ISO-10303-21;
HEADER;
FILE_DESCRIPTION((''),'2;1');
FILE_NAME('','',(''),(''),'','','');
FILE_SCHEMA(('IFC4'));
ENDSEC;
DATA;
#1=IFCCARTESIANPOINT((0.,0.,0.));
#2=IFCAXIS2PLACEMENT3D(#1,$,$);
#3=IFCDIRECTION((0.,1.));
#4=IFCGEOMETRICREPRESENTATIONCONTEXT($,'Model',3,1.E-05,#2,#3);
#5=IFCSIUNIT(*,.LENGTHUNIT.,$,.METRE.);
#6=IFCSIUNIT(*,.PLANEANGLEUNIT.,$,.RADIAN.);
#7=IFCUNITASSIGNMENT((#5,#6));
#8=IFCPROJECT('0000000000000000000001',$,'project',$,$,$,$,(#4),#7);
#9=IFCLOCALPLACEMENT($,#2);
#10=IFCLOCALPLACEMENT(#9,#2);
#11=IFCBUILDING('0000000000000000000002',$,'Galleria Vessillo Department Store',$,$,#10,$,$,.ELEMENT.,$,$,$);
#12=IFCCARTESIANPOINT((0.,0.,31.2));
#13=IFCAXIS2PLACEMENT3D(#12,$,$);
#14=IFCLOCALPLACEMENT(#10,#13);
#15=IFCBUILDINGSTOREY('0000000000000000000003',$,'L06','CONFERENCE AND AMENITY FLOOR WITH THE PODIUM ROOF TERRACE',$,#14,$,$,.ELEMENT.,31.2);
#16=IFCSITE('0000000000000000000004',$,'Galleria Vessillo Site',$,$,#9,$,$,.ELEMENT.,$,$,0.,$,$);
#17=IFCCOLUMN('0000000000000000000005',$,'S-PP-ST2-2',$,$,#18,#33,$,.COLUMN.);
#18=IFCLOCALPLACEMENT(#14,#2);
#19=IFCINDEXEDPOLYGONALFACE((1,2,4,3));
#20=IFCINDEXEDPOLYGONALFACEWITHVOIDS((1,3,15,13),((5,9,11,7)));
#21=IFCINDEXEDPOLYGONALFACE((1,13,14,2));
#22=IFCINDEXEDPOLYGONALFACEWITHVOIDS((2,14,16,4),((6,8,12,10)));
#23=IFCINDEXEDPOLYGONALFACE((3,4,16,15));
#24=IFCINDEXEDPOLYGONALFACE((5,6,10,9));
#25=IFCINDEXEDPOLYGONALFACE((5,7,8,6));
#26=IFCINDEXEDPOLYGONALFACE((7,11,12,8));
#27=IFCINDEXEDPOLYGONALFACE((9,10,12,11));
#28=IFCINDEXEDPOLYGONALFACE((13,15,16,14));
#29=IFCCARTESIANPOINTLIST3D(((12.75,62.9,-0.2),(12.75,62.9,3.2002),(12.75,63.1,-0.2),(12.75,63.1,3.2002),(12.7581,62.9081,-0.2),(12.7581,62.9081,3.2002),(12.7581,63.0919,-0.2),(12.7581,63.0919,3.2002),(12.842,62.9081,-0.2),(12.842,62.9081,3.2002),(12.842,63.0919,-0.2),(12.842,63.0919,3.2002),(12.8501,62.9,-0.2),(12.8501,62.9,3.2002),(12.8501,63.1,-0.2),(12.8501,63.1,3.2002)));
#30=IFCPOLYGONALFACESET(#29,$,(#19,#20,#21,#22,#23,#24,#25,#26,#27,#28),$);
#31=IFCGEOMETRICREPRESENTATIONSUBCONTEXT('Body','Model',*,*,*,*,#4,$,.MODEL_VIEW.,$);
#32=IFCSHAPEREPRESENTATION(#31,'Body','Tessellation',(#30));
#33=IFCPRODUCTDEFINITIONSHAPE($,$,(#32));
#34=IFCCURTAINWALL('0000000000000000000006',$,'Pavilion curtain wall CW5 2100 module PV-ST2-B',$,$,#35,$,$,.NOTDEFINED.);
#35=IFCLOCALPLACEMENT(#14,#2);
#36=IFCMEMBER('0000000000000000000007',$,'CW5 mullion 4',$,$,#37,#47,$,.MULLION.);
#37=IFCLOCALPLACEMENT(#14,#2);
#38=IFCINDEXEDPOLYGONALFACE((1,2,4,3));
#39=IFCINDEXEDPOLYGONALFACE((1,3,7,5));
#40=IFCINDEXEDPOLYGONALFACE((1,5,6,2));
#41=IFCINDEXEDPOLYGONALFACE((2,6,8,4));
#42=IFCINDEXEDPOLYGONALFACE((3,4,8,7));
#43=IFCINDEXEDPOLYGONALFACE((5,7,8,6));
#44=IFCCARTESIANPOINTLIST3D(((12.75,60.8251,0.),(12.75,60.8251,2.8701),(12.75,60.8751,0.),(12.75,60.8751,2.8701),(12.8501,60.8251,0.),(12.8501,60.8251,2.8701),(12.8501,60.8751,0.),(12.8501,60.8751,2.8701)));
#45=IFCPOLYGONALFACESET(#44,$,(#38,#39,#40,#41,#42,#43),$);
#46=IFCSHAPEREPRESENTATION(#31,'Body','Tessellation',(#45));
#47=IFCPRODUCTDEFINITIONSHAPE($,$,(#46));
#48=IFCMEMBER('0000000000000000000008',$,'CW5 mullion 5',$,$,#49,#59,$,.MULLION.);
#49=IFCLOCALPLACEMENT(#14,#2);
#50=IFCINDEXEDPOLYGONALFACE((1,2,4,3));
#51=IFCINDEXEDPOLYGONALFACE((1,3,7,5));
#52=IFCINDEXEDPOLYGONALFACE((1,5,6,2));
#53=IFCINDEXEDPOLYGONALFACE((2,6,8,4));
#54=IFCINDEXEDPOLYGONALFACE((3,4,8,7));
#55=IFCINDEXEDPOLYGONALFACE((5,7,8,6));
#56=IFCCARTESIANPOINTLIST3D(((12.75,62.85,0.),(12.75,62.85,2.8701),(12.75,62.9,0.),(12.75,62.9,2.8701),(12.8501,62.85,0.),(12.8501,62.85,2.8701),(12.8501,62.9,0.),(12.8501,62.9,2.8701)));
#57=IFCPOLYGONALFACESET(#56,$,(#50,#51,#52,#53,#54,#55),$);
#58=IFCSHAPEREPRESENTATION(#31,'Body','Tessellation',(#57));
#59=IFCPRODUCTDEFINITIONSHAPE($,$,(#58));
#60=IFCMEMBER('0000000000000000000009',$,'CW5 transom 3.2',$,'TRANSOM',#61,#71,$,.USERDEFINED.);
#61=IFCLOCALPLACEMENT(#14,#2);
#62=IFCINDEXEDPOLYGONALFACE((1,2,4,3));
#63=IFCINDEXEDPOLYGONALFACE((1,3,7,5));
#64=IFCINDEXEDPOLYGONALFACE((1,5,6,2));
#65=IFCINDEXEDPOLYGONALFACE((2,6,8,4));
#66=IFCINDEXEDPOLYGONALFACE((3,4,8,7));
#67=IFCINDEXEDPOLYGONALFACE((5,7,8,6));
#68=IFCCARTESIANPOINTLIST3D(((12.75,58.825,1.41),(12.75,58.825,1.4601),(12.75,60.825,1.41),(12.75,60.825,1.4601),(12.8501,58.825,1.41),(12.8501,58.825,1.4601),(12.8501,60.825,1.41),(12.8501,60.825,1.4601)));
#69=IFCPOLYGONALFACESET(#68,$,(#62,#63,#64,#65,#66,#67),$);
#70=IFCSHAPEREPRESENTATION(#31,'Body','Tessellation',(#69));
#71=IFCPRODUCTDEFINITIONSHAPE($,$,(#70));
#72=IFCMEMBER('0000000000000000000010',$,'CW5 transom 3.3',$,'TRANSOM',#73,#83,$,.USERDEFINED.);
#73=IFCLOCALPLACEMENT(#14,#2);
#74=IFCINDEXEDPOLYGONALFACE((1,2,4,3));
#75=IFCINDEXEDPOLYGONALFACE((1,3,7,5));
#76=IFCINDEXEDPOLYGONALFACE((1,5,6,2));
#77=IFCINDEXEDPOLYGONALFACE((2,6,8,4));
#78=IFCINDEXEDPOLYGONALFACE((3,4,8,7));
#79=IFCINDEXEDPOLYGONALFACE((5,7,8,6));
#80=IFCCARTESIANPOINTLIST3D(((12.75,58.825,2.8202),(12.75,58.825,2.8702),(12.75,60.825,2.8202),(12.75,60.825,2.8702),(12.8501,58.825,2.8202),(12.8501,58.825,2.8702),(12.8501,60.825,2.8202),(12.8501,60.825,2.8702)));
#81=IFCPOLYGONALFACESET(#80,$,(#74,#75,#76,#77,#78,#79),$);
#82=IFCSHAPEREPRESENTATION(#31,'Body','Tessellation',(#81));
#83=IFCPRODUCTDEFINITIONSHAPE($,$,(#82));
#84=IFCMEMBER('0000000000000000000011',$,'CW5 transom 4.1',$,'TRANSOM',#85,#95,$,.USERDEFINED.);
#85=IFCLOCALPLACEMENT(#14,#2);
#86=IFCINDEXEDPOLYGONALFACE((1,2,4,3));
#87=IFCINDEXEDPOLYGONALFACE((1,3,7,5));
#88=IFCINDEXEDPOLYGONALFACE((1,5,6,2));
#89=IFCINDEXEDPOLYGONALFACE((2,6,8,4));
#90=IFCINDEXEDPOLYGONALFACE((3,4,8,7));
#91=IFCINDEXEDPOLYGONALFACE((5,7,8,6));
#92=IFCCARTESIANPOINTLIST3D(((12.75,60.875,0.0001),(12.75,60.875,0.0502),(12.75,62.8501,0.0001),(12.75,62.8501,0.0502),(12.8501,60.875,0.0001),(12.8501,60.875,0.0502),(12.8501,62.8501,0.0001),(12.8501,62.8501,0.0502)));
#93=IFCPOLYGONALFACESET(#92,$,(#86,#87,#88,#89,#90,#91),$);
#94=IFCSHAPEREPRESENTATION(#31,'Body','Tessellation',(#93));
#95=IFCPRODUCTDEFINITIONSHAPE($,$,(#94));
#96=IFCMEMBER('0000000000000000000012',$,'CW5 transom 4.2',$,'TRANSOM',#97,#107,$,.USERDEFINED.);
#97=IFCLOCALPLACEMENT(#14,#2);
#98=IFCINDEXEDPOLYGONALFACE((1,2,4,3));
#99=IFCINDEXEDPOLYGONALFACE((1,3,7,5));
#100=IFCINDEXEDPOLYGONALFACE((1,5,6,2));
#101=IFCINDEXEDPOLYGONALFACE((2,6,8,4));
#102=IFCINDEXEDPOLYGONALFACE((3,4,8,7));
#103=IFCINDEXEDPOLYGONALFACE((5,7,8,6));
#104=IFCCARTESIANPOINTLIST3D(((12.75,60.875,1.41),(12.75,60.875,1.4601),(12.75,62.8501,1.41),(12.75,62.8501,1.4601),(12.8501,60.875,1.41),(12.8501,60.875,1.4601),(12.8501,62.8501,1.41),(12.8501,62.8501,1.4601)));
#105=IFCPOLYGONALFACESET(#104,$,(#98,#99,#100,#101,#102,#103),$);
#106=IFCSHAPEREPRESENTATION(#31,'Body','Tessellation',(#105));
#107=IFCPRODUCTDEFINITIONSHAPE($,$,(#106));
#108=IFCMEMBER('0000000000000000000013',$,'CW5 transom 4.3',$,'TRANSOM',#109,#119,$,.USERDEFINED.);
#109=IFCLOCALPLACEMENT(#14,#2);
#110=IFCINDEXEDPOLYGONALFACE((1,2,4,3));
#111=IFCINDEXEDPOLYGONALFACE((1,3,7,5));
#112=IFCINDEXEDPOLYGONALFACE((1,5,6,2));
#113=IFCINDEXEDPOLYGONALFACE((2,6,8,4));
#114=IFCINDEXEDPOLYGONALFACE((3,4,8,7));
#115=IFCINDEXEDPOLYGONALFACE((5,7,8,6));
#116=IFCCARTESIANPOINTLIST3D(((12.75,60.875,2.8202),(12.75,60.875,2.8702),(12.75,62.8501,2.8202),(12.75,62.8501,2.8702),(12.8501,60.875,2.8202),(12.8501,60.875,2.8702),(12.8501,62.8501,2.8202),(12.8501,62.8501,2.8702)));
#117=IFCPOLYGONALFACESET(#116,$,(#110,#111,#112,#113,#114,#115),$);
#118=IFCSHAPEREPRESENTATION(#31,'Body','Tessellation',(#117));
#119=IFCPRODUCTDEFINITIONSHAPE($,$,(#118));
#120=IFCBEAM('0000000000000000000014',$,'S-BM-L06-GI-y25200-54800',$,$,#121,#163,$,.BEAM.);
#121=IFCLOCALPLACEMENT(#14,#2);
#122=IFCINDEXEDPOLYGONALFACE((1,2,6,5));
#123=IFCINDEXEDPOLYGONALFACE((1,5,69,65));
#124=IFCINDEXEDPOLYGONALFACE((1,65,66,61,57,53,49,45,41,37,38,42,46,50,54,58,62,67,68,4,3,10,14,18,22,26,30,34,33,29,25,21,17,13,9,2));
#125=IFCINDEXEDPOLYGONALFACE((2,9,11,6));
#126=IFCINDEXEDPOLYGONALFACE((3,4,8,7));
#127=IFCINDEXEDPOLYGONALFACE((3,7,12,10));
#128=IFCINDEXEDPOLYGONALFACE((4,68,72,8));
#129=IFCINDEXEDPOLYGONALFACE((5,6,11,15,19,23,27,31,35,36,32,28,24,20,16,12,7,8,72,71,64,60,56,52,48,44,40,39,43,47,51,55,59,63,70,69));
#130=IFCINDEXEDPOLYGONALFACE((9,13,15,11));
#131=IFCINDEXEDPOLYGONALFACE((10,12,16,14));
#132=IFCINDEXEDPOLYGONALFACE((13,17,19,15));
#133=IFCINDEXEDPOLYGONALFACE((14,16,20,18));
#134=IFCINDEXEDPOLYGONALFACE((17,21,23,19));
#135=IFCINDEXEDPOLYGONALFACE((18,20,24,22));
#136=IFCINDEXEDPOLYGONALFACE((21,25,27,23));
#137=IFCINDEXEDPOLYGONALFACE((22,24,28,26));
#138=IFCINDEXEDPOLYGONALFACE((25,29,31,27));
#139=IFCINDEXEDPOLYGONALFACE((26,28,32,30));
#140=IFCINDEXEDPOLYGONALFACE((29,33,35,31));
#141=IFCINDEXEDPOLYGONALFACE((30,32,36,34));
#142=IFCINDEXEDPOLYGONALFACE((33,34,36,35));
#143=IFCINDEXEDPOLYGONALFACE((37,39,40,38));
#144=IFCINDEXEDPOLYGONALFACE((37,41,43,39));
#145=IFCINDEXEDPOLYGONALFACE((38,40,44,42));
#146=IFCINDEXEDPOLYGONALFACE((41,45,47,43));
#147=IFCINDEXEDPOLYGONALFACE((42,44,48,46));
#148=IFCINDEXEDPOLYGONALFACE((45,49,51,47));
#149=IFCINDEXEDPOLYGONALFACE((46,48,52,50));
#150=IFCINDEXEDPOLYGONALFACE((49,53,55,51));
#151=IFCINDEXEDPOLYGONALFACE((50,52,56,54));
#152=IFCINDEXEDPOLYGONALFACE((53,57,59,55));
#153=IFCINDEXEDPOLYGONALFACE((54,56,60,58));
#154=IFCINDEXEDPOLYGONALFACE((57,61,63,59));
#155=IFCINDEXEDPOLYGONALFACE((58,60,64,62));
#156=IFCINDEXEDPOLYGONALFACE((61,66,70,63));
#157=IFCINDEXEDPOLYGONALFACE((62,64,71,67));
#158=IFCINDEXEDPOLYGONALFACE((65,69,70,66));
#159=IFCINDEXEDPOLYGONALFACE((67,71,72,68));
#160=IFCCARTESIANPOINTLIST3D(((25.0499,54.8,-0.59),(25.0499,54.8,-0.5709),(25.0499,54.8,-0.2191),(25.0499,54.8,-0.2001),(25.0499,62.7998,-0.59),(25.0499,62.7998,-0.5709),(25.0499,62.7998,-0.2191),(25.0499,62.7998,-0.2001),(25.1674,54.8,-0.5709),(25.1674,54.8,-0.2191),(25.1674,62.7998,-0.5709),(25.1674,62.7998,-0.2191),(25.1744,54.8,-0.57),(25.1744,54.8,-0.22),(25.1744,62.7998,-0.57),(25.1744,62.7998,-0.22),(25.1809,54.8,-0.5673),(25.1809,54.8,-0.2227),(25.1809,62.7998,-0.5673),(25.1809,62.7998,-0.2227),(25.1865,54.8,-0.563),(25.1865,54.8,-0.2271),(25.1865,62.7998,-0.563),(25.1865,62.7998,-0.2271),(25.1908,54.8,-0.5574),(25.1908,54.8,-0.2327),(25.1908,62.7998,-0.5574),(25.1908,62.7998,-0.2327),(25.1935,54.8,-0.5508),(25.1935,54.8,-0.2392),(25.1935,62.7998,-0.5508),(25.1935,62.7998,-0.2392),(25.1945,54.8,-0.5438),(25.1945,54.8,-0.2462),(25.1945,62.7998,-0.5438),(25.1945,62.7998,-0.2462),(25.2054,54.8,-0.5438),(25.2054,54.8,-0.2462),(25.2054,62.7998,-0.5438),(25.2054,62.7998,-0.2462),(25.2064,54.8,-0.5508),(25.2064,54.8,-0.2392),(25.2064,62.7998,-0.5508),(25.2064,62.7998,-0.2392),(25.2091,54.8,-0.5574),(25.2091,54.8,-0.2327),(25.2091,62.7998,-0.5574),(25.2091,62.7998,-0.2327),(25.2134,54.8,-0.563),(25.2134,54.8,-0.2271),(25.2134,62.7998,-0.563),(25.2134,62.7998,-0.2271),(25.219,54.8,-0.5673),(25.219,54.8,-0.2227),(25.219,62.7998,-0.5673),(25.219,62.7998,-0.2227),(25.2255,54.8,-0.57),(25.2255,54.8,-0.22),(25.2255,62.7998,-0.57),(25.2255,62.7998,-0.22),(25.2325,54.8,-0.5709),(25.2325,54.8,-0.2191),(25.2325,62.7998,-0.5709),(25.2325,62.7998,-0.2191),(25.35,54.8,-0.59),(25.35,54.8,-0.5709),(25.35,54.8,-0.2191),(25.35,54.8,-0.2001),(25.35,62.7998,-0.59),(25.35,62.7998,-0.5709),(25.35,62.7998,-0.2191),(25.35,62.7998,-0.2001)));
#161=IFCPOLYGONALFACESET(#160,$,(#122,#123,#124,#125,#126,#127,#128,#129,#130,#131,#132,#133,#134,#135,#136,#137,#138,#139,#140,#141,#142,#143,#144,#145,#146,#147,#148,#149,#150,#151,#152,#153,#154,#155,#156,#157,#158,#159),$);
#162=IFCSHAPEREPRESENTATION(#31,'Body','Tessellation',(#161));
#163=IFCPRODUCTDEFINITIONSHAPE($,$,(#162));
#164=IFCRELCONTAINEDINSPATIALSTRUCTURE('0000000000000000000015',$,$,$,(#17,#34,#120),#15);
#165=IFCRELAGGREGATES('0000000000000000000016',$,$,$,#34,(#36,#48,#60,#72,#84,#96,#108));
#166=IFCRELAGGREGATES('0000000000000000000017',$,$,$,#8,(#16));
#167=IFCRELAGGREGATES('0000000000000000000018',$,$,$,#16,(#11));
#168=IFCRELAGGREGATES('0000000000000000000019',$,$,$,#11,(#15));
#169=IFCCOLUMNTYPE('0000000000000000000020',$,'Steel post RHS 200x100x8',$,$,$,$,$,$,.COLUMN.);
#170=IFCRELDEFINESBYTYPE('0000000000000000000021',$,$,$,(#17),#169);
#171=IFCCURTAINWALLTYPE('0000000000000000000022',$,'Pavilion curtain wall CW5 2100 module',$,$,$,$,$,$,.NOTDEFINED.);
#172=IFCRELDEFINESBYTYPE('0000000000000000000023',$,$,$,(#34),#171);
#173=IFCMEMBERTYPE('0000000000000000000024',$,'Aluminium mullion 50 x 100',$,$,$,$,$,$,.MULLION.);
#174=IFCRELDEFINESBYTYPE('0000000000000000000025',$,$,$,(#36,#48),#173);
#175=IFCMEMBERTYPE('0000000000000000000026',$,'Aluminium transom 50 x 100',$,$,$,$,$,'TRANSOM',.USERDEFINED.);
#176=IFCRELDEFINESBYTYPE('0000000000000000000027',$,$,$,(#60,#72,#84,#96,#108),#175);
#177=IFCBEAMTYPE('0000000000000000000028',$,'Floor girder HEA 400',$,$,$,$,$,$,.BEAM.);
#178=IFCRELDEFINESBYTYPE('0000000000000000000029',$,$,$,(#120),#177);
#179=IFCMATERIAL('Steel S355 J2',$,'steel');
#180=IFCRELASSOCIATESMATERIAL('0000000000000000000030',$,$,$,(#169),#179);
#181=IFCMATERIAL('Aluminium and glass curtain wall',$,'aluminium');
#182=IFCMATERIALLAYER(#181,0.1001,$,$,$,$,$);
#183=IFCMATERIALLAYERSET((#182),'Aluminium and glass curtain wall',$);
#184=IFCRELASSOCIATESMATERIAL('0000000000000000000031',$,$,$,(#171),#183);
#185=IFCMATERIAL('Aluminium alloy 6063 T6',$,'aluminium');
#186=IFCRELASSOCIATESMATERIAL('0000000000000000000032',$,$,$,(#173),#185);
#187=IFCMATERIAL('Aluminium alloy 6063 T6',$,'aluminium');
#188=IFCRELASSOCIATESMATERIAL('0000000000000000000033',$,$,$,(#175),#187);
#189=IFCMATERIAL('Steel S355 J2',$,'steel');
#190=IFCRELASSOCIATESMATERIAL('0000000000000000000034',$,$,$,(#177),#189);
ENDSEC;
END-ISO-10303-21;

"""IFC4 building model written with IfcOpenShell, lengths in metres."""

from ifc_helpers import new_model, si_unit, direction, frame, origin, origin_2d, place, context, subcontext, project, spatial, rectangle, hollow_rectangle, i_section, extrude, material, layer, layer_set, material_profile, profile_set, type_object, element, aggregate, save


model = new_model("IFC4")

# Units and contexts
model_context = context("Model", 3, precision=1e-05, world=origin(), true_north=direction((0.0, 1.0)))
body_context = subcontext(model_context, "Body", "Model", "MODEL_VIEW")
ifc_project = project(units=[si_unit("LENGTHUNIT", "METRE"), si_unit("PLANEANGLEUNIT", "RADIAN")], contexts=[model_context])

# Site, building, storey
site_placement = place(None, origin())
site = spatial("IfcSite", under=ifc_project, at=site_placement, Name="Galleria Vessillo Site", CompositionType="ELEMENT", RefElevation=0.0)
building_placement = place(site_placement, origin())
building = spatial("IfcBuilding", under=site, at=building_placement, Name="Galleria Vessillo Department Store", CompositionType="ELEMENT")
storey_placement = place(building_placement, frame((0.0, 0.0, 31.2)))
storey = spatial("IfcBuildingStorey", under=building, at=storey_placement, Name="L06", Description="CONFERENCE AND AMENITY FLOOR WITH THE PODIUM ROOF TERRACE", CompositionType="ELEMENT", Elevation=31.2)

# Column
ifc_material_1 = material(Name="Steel S355 J2", Category="steel")
ifc_material_profile_1 = material_profile(ifc_material_1, hollow_rectangle(XDim=0.1001, YDim=0.2, WallThickness=0.0081, at=origin_2d()), Name="RHS 200x100x8")
ifc_profile_set_1 = profile_set([ifc_material_profile_1], Name="Steel S355 J2")
column_type = type_object("IfcColumnType", Name="Steel post RHS 200x100x8", PredefinedType="COLUMN", material=ifc_profile_set_1)
column_placement = place(storey_placement, frame((12.8, 63.0, -0.2), z_axis=(0.0, 0.0, 1.0), x_axis=(1.0, 0.0, 0.0)))
element("IfcColumn", 1, at=column_placement, inside=storey, type_object=column_type, Name="S-PP-ST2-2", PredefinedType="COLUMN", context=body_context, shape_type="SweptSolid", body=[
    extrude(hollow_rectangle(XDim=0.1001, YDim=0.2, WallThickness=0.0081, at=origin_2d()), origin(), (0.0, 0.0, 1.0), 3.4001),
])

# Curtain wall, members
ifc_material_2 = material(Name="Aluminium and glass curtain wall", Category="aluminium")
ifc_layer_1 = layer(ifc_material_2, 0.1001)
ifc_layer_set_1 = layer_set([ifc_layer_1], Name="Aluminium and glass curtain wall")
curtain_wall_type = type_object("IfcCurtainWallType", Name="Pavilion curtain wall CW5 2100 module", PredefinedType="NOTDEFINED", material=ifc_layer_set_1)
curtain_wall_placement = place(storey_placement, origin())
curtain_wall = element("IfcCurtainWall", 2, at=curtain_wall_placement, inside=storey, type_object=curtain_wall_type, Name="Pavilion curtain wall CW5 2100 module PV-ST2-B", PredefinedType="NOTDEFINED")
ifc_material_3 = material(Name="Aluminium alloy 6063 T6", Category="aluminium")
ifc_material_profile_2 = material_profile(ifc_material_3, rectangle(XDim=0.1001, YDim=0.05, at=origin_2d()), Name="AL 50x100")
ifc_profile_set_2 = profile_set([ifc_material_profile_2], Name="Aluminium alloy 6063 T6")
member_type_1 = type_object("IfcMemberType", Name="Aluminium mullion 50 x 100", PredefinedType="MULLION", material=ifc_profile_set_2)
member_1_placement = place(storey_placement, frame((12.8, 60.8501, 0.0), z_axis=(0.0, 0.0, 1.0), x_axis=(-1.0, 0.0, 0.0)))
member_1 = element("IfcMember", 3, at=member_1_placement, type_object=member_type_1, Name="CW5 mullion 4", PredefinedType="MULLION", context=body_context, shape_type="SweptSolid", body=[
    extrude(rectangle(XDim=0.1001, YDim=0.05, at=origin_2d()), origin(), (0.0, 0.0, 1.0), 2.8701),
])
member_2_placement = place(storey_placement, frame((12.8, 62.875, 0.0), z_axis=(0.0, 0.0, 1.0), x_axis=(-1.0, 0.0, 0.0)))
member_2 = element("IfcMember", 4, at=member_2_placement, type_object=member_type_1, Name="CW5 mullion 5", PredefinedType="MULLION", context=body_context, shape_type="SweptSolid", body=[
    extrude(rectangle(XDim=0.1001, YDim=0.05, at=origin_2d()), origin(), (0.0, 0.0, 1.0), 2.8701),
])
ifc_material_4 = material(Name="Aluminium alloy 6063 T6", Category="aluminium")
ifc_material_profile_3 = material_profile(ifc_material_4, rectangle(XDim=0.1001, YDim=0.05, at=origin_2d()), Name="AL 50x100")
ifc_profile_set_3 = profile_set([ifc_material_profile_3], Name="Aluminium alloy 6063 T6")
member_type_2 = type_object("IfcMemberType", Name="Aluminium transom 50 x 100", ElementType="TRANSOM", PredefinedType="USERDEFINED", material=ifc_profile_set_3)
member_3_placement = place(storey_placement, frame((12.8, 58.825, 1.4351), z_axis=(0.0, 1.0, 0.0), x_axis=(-1.0, 0.0, 0.0)))
member_3 = element("IfcMember", 5, at=member_3_placement, type_object=member_type_2, Name="CW5 transom 3.2", ObjectType="TRANSOM", PredefinedType="USERDEFINED", context=body_context, shape_type="SweptSolid", body=[
    extrude(rectangle(XDim=0.1001, YDim=0.05, at=origin_2d()), origin(), (0.0, 0.0, 1.0), 2.0),
])
member_4_placement = place(storey_placement, frame((12.8, 58.825, 2.8452), z_axis=(0.0, 1.0, 0.0), x_axis=(-1.0, 0.0, 0.0)))
member_4 = element("IfcMember", 6, at=member_4_placement, type_object=member_type_2, Name="CW5 transom 3.3", ObjectType="TRANSOM", PredefinedType="USERDEFINED", context=body_context, shape_type="SweptSolid", body=[
    extrude(rectangle(XDim=0.1001, YDim=0.05, at=origin_2d()), origin(), (0.0, 0.0, 1.0), 2.0),
])
member_5_placement = place(storey_placement, frame((12.8, 60.875, 0.0251), z_axis=(0.0, 1.0, 0.0), x_axis=(-1.0, 0.0, 0.0)))
member_5 = element("IfcMember", 7, at=member_5_placement, type_object=member_type_2, Name="CW5 transom 4.1", ObjectType="TRANSOM", PredefinedType="USERDEFINED", context=body_context, shape_type="SweptSolid", body=[
    extrude(rectangle(XDim=0.1001, YDim=0.05, at=origin_2d()), origin(), (0.0, 0.0, 1.0), 1.9751),
])
member_6_placement = place(storey_placement, frame((12.8, 60.875, 1.4351), z_axis=(0.0, 1.0, 0.0), x_axis=(-1.0, 0.0, 0.0)))
member_6 = element("IfcMember", 8, at=member_6_placement, type_object=member_type_2, Name="CW5 transom 4.2", ObjectType="TRANSOM", PredefinedType="USERDEFINED", context=body_context, shape_type="SweptSolid", body=[
    extrude(rectangle(XDim=0.1001, YDim=0.05, at=origin_2d()), origin(), (0.0, 0.0, 1.0), 1.9751),
])
member_7_placement = place(storey_placement, frame((12.8, 60.875, 2.8452), z_axis=(0.0, 1.0, 0.0), x_axis=(-1.0, 0.0, 0.0)))
member_7 = element("IfcMember", 9, at=member_7_placement, type_object=member_type_2, Name="CW5 transom 4.3", ObjectType="TRANSOM", PredefinedType="USERDEFINED", context=body_context, shape_type="SweptSolid", body=[
    extrude(rectangle(XDim=0.1001, YDim=0.05, at=origin_2d()), origin(), (0.0, 0.0, 1.0), 1.9751),
])

# Beam
ifc_material_5 = material(Name="Steel S355 J2", Category="steel")
ifc_material_profile_4 = material_profile(ifc_material_5, i_section(OverallWidth=0.3, OverallDepth=0.3899, WebThickness=0.011, FlangeThickness=0.019, FilletRadius=0.0271, at=origin_2d()), Name="HEA 400")
ifc_profile_set_4 = profile_set([ifc_material_profile_4], Name="Steel S355 J2")
beam_type_1 = type_object("IfcBeamType", Name="Floor girder HEA 400", PredefinedType="BEAM", material=ifc_profile_set_4)
beam_1_placement = place(storey_placement, frame((25.2, 54.8, -0.395), z_axis=(0.0, 1.0, 0.0), x_axis=(-1.0, 0.0, 0.0)))
element("IfcBeam", 10, at=beam_1_placement, inside=storey, type_object=beam_type_1, Name="S-BM-L06-GI-y25200-54800", PredefinedType="BEAM", context=body_context, shape_type="SweptSolid", body=[
    extrude(i_section(OverallWidth=0.3, OverallDepth=0.3899, WebThickness=0.011, FlangeThickness=0.019, FilletRadius=0.0271, at=origin_2d()), origin(), (0.0, 0.0, 1.0), 7.9998),
])

aggregate(curtain_wall, [member_1, member_2, member_3, member_4, member_5, member_6, member_7])

save(model, "model.ifc")
